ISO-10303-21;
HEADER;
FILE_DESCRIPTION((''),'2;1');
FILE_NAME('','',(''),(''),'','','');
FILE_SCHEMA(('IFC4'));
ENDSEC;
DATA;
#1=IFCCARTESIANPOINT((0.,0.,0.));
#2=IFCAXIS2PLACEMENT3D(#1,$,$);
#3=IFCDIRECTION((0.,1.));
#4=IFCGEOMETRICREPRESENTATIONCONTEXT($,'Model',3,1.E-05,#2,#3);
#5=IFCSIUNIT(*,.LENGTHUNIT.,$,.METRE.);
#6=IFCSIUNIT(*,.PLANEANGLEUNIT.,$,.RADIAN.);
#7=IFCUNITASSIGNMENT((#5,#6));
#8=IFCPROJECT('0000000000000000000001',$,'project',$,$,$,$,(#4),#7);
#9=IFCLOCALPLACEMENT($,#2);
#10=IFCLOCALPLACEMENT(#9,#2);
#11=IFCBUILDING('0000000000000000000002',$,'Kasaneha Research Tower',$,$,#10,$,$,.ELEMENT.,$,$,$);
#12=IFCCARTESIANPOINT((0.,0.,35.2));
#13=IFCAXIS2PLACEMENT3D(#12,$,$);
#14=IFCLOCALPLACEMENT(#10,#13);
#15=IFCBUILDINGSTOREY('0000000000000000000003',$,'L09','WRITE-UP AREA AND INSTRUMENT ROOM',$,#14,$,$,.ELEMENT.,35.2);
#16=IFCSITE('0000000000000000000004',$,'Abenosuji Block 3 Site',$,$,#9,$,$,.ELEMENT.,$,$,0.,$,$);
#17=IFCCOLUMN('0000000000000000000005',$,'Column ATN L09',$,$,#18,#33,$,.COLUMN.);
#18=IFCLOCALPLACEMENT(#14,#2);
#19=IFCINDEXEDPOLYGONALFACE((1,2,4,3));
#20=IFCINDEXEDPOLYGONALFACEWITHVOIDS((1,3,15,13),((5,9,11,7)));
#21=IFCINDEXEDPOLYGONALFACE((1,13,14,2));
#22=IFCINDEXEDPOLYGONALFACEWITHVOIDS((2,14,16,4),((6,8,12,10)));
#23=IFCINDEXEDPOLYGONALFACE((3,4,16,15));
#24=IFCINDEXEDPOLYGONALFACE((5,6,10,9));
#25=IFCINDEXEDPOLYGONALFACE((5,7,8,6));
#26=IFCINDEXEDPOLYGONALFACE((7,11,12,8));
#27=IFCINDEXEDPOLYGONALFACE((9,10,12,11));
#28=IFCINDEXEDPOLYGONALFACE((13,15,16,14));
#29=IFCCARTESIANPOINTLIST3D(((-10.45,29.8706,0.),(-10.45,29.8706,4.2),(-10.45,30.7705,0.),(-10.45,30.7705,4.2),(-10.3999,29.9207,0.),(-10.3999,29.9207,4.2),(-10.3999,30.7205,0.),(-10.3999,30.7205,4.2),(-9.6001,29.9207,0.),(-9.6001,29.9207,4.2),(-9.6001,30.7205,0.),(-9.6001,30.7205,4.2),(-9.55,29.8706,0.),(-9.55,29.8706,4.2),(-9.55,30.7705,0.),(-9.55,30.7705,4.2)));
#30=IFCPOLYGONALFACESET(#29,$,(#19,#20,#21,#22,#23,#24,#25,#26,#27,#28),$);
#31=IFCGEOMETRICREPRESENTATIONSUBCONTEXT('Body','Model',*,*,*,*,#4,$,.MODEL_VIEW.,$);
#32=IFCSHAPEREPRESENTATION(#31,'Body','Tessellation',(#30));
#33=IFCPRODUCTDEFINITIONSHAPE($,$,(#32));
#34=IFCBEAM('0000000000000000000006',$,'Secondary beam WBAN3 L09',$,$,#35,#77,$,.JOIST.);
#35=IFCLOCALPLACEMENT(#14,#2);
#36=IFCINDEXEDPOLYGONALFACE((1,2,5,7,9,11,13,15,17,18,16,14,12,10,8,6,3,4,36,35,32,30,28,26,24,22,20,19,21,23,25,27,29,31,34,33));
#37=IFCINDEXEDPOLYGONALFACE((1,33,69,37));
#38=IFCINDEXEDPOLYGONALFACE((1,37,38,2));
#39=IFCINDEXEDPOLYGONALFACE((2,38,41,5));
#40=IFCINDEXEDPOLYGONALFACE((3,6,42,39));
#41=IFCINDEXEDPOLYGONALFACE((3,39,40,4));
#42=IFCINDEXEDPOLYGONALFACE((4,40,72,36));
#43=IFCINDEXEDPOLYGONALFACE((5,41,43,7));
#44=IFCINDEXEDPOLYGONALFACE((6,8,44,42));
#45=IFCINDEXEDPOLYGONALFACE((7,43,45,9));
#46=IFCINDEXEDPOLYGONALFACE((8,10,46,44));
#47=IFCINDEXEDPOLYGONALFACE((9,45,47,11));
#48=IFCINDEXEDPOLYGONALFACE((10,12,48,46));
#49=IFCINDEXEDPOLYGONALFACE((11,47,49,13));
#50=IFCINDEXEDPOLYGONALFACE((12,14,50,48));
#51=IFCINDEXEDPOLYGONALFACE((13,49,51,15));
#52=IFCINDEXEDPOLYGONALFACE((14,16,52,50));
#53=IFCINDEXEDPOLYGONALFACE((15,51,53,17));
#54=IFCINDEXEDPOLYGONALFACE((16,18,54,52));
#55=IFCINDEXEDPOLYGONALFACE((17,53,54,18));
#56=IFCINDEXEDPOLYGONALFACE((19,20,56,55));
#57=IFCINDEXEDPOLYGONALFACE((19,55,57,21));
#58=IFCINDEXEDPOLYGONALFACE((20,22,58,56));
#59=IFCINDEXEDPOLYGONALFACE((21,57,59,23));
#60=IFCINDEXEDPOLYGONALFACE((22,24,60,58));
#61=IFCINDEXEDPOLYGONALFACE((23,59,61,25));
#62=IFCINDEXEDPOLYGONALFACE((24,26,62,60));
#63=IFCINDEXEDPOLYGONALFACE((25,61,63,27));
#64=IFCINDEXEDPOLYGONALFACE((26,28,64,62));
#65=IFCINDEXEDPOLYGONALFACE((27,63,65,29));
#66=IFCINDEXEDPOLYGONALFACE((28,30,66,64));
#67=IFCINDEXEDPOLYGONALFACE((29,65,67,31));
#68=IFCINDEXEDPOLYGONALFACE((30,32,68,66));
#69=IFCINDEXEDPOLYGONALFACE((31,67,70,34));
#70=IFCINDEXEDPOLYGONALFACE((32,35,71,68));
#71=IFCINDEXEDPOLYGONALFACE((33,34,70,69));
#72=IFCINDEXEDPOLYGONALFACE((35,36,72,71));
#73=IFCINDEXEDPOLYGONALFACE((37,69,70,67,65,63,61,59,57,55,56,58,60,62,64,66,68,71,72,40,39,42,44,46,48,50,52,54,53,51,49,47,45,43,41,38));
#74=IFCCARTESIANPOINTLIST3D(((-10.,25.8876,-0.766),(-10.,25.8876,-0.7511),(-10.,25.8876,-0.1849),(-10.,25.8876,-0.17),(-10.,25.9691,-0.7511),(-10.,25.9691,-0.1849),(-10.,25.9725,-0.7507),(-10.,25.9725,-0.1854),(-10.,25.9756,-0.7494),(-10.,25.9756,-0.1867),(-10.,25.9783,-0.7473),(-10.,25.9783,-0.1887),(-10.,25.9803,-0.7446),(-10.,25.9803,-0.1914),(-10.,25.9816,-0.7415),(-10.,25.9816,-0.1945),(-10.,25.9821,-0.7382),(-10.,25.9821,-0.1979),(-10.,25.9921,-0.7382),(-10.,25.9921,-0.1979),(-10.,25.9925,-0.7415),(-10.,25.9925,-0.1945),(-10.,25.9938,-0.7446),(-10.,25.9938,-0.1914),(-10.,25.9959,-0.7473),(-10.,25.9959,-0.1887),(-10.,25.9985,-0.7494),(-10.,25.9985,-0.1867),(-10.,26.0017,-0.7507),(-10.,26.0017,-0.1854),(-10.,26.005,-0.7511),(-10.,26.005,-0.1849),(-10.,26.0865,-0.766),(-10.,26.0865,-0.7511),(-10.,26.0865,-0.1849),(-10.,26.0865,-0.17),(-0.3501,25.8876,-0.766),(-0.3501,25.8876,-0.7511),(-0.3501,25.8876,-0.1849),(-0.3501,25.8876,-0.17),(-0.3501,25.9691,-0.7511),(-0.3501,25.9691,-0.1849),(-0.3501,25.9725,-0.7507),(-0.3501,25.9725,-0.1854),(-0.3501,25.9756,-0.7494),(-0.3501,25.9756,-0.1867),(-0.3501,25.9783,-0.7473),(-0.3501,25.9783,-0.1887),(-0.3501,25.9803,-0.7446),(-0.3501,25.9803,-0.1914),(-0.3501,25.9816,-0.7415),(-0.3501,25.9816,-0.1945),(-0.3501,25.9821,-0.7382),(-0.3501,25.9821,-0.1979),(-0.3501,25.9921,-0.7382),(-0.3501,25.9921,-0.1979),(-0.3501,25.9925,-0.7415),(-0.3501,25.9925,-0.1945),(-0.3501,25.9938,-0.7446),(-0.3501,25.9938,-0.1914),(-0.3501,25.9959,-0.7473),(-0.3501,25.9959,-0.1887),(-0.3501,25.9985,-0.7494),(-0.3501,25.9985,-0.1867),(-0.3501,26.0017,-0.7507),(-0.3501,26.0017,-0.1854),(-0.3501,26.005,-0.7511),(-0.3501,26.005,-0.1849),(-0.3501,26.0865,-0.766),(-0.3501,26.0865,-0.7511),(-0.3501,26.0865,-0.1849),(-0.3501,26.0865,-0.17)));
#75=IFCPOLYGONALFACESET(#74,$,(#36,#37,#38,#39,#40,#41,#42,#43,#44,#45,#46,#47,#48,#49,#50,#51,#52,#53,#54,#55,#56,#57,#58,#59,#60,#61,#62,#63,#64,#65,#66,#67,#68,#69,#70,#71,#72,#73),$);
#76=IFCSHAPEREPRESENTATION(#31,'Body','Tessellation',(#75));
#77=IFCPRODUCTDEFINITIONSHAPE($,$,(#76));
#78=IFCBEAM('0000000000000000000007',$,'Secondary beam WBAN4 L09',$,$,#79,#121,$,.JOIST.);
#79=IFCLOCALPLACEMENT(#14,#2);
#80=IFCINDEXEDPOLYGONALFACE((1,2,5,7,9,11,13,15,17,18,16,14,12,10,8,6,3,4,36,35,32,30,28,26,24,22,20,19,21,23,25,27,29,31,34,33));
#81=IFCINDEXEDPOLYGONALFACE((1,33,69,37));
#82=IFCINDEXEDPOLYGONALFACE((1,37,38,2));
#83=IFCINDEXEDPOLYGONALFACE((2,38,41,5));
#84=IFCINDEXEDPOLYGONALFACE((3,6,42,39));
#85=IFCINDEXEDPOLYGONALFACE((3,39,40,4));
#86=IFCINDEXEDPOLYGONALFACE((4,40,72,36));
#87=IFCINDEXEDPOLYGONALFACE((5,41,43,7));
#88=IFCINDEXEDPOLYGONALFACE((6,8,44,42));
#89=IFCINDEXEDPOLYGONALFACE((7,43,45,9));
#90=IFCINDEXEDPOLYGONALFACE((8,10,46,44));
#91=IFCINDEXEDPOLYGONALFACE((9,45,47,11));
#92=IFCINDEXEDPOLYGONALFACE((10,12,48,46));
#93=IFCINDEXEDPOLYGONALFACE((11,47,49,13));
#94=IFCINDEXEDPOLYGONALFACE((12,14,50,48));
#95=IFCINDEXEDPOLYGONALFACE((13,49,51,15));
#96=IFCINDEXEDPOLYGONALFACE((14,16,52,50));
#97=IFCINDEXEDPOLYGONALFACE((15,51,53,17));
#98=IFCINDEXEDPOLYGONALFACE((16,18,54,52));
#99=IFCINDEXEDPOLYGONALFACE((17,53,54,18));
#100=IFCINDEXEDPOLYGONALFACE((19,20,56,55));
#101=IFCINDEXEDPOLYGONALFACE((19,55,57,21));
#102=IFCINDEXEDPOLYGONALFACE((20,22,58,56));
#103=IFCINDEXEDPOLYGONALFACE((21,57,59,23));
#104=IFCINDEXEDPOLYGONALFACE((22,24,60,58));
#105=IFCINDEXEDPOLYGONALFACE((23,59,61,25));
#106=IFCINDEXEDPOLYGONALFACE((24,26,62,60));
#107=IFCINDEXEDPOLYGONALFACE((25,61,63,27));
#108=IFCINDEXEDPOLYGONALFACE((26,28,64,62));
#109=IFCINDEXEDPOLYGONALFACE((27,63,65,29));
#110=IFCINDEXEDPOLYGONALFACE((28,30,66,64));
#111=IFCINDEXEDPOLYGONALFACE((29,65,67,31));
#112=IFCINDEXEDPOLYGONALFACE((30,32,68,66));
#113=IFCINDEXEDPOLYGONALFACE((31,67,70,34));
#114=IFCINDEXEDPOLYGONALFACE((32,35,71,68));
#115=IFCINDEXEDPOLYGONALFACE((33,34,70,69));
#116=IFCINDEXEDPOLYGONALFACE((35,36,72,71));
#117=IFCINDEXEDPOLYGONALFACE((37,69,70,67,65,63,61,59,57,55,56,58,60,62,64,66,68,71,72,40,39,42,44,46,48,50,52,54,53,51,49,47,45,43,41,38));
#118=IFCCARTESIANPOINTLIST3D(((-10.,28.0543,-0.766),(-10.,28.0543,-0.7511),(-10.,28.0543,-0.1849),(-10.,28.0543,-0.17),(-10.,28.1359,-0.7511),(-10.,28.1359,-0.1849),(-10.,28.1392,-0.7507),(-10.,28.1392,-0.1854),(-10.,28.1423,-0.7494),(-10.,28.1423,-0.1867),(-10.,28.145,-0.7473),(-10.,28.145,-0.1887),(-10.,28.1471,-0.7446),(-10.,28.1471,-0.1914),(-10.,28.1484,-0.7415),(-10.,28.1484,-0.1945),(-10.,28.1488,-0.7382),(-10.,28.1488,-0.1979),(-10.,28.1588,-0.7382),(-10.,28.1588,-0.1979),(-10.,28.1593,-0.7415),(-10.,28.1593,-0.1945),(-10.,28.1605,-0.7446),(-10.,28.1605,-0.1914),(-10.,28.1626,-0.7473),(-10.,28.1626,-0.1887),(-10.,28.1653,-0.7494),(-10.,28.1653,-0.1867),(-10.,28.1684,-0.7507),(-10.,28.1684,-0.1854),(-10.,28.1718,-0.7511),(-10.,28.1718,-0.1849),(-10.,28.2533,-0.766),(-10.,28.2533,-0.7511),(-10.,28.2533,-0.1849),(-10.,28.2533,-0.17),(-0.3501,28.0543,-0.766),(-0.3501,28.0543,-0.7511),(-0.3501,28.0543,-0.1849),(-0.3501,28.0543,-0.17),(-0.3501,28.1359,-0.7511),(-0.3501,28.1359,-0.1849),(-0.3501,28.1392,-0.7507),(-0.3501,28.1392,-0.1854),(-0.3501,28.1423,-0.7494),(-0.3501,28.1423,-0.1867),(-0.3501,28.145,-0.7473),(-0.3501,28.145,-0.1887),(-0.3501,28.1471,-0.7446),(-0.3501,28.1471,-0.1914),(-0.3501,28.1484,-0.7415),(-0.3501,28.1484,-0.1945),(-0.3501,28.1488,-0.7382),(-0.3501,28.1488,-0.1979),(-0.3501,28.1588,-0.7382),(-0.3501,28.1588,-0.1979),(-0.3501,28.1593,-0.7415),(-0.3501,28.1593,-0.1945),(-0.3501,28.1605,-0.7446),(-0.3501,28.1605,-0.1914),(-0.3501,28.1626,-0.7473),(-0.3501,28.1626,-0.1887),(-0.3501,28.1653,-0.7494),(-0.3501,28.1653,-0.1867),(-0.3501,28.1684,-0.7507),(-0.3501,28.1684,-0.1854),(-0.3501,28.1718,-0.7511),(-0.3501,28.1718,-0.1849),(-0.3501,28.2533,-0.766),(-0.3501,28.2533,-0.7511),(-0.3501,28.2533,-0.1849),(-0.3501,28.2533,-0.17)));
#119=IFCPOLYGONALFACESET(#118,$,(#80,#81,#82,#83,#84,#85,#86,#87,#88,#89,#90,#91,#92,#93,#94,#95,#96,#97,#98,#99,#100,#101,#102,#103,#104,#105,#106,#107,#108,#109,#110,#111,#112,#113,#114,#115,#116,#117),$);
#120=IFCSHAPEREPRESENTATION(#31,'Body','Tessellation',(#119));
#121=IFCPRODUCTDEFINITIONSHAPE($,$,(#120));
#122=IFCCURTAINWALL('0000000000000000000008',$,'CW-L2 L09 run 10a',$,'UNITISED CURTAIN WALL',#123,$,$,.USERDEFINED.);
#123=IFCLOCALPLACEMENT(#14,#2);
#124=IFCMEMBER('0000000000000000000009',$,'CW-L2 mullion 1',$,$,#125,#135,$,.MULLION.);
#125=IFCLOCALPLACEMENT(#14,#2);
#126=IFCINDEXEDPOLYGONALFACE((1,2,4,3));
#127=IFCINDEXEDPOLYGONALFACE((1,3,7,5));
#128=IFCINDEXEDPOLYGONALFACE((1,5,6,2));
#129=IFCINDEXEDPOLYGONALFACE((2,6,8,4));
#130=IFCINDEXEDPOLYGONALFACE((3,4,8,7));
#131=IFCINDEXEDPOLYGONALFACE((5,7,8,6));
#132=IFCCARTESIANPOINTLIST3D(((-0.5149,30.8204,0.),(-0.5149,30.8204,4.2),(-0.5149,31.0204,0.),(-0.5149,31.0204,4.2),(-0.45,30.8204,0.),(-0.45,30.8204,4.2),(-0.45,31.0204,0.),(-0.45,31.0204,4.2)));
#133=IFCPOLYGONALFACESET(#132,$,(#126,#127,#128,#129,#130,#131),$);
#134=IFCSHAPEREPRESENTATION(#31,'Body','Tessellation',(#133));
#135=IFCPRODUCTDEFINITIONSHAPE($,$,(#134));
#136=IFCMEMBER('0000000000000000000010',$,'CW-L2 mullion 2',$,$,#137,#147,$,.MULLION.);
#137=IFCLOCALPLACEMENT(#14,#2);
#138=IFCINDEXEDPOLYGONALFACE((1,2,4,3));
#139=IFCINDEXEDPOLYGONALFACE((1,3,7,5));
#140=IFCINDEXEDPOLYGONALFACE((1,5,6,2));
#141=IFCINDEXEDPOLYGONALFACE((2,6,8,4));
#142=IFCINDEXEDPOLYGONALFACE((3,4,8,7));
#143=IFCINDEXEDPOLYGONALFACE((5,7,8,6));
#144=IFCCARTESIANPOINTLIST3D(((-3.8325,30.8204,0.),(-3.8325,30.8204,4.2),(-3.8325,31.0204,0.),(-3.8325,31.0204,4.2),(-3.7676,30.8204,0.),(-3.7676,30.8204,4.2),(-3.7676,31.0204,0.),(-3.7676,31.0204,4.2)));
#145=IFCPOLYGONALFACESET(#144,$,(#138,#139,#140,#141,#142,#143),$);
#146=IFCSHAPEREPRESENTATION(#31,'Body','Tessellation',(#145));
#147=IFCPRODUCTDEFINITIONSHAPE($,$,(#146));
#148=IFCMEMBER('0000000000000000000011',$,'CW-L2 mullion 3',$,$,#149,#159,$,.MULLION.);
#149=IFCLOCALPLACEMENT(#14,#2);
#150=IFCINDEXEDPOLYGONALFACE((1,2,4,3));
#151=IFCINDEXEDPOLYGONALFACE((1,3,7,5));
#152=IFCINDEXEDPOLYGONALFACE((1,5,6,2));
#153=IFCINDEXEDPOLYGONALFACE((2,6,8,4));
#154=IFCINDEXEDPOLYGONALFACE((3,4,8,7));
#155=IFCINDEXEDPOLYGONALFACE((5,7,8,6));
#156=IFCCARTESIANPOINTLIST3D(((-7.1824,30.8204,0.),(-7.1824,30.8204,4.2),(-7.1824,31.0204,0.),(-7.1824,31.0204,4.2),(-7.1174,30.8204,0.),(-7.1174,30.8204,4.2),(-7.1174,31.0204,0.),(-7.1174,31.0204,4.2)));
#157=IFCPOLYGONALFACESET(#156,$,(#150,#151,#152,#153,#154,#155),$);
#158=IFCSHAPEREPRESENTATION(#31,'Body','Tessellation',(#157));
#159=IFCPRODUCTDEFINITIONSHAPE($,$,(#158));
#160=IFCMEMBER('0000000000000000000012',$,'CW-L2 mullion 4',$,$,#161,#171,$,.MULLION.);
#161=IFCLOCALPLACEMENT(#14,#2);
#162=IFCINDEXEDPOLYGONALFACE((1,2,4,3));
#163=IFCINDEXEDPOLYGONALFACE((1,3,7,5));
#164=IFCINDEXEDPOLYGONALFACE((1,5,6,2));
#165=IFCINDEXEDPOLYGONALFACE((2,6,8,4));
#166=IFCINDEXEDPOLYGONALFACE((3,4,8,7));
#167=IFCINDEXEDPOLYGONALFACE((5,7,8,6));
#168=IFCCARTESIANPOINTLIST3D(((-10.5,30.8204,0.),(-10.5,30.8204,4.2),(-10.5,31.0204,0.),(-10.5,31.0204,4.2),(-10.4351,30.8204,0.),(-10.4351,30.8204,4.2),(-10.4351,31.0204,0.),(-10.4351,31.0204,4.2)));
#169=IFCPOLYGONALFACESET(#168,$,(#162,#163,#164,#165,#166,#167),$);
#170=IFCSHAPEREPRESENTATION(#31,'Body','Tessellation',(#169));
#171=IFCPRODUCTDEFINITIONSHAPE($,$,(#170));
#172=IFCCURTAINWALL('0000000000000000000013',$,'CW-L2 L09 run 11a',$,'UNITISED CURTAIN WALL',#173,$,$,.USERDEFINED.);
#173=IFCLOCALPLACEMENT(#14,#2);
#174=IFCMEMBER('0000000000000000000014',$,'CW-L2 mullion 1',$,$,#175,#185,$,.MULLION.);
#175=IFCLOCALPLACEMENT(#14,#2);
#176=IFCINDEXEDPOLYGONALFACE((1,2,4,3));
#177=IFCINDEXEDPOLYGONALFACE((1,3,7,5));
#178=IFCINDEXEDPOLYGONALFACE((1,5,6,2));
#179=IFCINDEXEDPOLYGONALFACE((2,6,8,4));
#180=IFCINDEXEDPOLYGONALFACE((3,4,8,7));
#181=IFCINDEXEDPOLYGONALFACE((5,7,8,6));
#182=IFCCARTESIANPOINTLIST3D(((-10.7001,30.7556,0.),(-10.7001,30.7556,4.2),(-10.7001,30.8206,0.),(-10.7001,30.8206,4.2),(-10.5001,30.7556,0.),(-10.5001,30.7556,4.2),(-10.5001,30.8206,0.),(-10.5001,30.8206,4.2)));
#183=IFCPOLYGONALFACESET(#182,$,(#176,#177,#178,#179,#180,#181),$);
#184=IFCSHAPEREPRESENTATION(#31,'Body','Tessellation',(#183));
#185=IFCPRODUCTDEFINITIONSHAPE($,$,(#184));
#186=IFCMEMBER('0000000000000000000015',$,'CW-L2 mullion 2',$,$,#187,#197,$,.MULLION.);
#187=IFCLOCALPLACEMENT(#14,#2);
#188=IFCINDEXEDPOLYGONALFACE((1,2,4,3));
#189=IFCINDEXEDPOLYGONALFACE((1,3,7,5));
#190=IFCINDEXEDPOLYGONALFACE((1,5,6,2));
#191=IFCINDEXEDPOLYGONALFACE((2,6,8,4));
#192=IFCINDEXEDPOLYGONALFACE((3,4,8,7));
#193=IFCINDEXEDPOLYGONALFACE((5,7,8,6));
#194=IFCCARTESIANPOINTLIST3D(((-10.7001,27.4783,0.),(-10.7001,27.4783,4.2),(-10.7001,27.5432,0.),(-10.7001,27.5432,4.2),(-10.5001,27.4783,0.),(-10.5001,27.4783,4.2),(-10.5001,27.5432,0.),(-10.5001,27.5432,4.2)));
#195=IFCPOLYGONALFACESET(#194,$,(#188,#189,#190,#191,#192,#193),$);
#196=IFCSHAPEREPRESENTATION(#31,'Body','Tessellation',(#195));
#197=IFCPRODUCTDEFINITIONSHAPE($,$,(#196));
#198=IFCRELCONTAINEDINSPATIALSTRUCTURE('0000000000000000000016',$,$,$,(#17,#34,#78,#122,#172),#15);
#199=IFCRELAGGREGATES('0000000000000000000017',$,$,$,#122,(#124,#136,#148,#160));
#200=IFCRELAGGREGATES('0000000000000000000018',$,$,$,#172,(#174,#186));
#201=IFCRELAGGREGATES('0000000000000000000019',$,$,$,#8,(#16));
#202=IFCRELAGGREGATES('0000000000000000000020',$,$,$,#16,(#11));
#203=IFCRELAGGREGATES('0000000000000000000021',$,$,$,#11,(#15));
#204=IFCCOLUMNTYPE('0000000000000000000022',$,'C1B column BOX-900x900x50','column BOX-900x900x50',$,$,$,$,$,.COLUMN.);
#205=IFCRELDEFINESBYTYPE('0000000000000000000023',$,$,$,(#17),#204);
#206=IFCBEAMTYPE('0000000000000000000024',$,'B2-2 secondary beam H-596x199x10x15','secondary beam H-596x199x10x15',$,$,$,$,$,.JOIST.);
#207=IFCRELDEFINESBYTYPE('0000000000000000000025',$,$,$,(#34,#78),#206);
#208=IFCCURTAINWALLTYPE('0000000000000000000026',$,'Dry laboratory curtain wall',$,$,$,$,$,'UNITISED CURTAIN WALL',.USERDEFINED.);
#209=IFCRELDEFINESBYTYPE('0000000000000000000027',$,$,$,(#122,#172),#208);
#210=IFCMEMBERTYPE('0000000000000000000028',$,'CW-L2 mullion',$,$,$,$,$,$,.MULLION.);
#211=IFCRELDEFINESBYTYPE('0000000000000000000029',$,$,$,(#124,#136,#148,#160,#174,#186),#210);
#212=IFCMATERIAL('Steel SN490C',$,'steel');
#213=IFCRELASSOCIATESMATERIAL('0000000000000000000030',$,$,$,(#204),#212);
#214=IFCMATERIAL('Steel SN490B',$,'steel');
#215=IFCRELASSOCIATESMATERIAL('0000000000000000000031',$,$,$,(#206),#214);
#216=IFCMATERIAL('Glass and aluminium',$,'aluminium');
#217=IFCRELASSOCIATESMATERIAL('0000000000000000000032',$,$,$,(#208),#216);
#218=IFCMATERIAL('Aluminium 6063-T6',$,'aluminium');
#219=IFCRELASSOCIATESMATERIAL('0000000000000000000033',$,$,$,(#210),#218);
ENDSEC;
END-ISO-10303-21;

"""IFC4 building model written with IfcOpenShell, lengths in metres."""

from ifc_helpers import new_model, si_unit, direction, frame, origin, origin_2d, place, context, subcontext, project, spatial, rectangle, hollow_rectangle, i_section, extrude, material, material_profile, profile_set, type_object, element, aggregate, save


model = new_model("IFC4")

# Units and contexts
model_context = context("Model", 3, precision=1e-05, world=origin(), true_north=direction((0.0, 1.0)))
body_context = subcontext(model_context, "Body", "Model", "MODEL_VIEW")
ifc_project = project(units=[si_unit("LENGTHUNIT", "METRE"), si_unit("PLANEANGLEUNIT", "RADIAN")], contexts=[model_context])

# Site, building, storey
site_placement = place(None, origin())
site = spatial("IfcSite", under=ifc_project, at=site_placement, Name="Abenosuji Block 3 Site", CompositionType="ELEMENT", RefElevation=0.0)
building_placement = place(site_placement, origin())
building = spatial("IfcBuilding", under=site, at=building_placement, Name="Kasaneha Research Tower", CompositionType="ELEMENT")
storey_placement = place(building_placement, frame((0.0, 0.0, 35.2)))
storey = spatial("IfcBuildingStorey", under=building, at=storey_placement, Name="L09", Description="WRITE-UP AREA AND INSTRUMENT ROOM", CompositionType="ELEMENT", Elevation=35.2)

# Column
ifc_material_1 = material(Name="Steel SN490C", Category="steel")
ifc_material_profile_1 = material_profile(ifc_material_1, hollow_rectangle(XDim=0.8999, YDim=0.8999, WallThickness=0.05, at=origin_2d()), Name="BOX-900x900x50")
ifc_profile_set_1 = profile_set([ifc_material_profile_1], Name="Steel SN490C")
column_type = type_object("IfcColumnType", Name="C1B column BOX-900x900x50", Description="column BOX-900x900x50", PredefinedType="COLUMN", material=ifc_profile_set_1)
column_placement = place(storey_placement, frame((-10.0, 30.3206, 0.0), z_axis=(0.0, 0.0, 1.0), x_axis=(1.0, 0.0, 0.0)))
element("IfcColumn", 1, at=column_placement, inside=storey, type_object=column_type, Name="Column ATN L09", PredefinedType="COLUMN", context=body_context, shape_type="SweptSolid", body=[
    extrude(hollow_rectangle(XDim=0.8999, YDim=0.8999, WallThickness=0.05, at=origin_2d()), origin(), (0.0, 0.0, 1.0), 4.2),
])

# Beams
ifc_material_2 = material(Name="Steel SN490B", Category="steel")
ifc_material_profile_2 = material_profile(ifc_material_2, i_section(OverallWidth=0.199, OverallDepth=0.5959, WebThickness=0.01, FlangeThickness=0.0149, FilletRadius=0.0129, at=origin_2d()), Name="H-596x199x10x15")
ifc_profile_set_2 = profile_set([ifc_material_profile_2], Name="Steel SN490B")
beam_type_1 = type_object("IfcBeamType", Name="B2-2 secondary beam H-596x199x10x15", Description="secondary beam H-596x199x10x15", PredefinedType="JOIST", material=ifc_profile_set_2)
for number, where, z_axis, x_axis, name in (
    (2, (-10.0, 25.9871, -0.468), (1.0, 0.0, 0.0), (0.0, 1.0, 0.0), "Secondary beam WBAN3 L09"),
    (3, (-10.0, 28.1538, -0.468), (1.0, 0.0, 0.0), (0.0, 1.0, 0.0), "Secondary beam WBAN4 L09"),
):
    element("IfcBeam", number, at=place(storey_placement, frame(where, z_axis=z_axis, x_axis=x_axis)), inside=storey, type_object=beam_type_1, Name=name, PredefinedType="JOIST", context=body_context, shape_type="SweptSolid", body=[
        extrude(i_section(OverallWidth=0.199, OverallDepth=0.5959, WebThickness=0.01, FlangeThickness=0.0149, FilletRadius=0.0129, at=origin_2d()), origin(), (0.0, 0.0, 1.0), 9.6499),
    ])

# Curtain walls, members
ifc_material_3 = material(Name="Glass and aluminium", Category="aluminium")
curtain_wall_type = type_object("IfcCurtainWallType", Name="Dry laboratory curtain wall", ElementType="UNITISED CURTAIN WALL", PredefinedType="USERDEFINED", material=ifc_material_3)
curtain_wall_1_placement = place(storey_placement, origin())
curtain_wall_1 = element("IfcCurtainWall", 4, at=curtain_wall_1_placement, inside=storey, type_object=curtain_wall_type, Name="CW-L2 L09 run 10a", ObjectType="UNITISED CURTAIN WALL", PredefinedType="USERDEFINED")
ifc_material_4 = material(Name="Aluminium 6063-T6", Category="aluminium")
ifc_material_profile_3 = material_profile(ifc_material_4, rectangle(XDim=0.0649, YDim=0.2, at=origin_2d()), Name="CW-L2 mullion 65x200")
ifc_profile_set_3 = profile_set([ifc_material_profile_3], Name="Aluminium 6063-T6")
member_type_1 = type_object("IfcMemberType", Name="CW-L2 mullion", PredefinedType="MULLION", material=ifc_profile_set_3)
member_1_placement = place(storey_placement, frame((-0.4824, 30.9204, 0.0), z_axis=(0.0, 0.0, 1.0), x_axis=(-1.0, 0.0, 0.0)))
member_1 = element("IfcMember", 5, at=member_1_placement, type_object=member_type_1, Name="CW-L2 mullion 1", PredefinedType="MULLION", context=body_context, shape_type="SweptSolid", body=[
    extrude(rectangle(XDim=0.0649, YDim=0.2, at=origin_2d()), origin(), (0.0, 0.0, 1.0), 4.2),
])
member_2_placement = place(storey_placement, frame((-3.8, 30.9204, 0.0), z_axis=(0.0, 0.0, 1.0), x_axis=(-1.0, 0.0, 0.0)))
member_2 = element("IfcMember", 6, at=member_2_placement, type_object=member_type_1, Name="CW-L2 mullion 2", PredefinedType="MULLION", context=body_context, shape_type="SweptSolid", body=[
    extrude(rectangle(XDim=0.0649, YDim=0.2, at=origin_2d()), origin(), (0.0, 0.0, 1.0), 4.2),
])
member_3_placement = place(storey_placement, frame((-7.1499, 30.9204, 0.0), z_axis=(0.0, 0.0, 1.0), x_axis=(-1.0, 0.0, 0.0)))
member_3 = element("IfcMember", 7, at=member_3_placement, type_object=member_type_1, Name="CW-L2 mullion 3", PredefinedType="MULLION", context=body_context, shape_type="SweptSolid", body=[
    extrude(rectangle(XDim=0.0649, YDim=0.2, at=origin_2d()), origin(), (0.0, 0.0, 1.0), 4.2),
])
member_4_placement = place(storey_placement, frame((-10.4675, 30.9204, 0.0), z_axis=(0.0, 0.0, 1.0), x_axis=(-1.0, 0.0, 0.0)))
member_4 = element("IfcMember", 8, at=member_4_placement, type_object=member_type_1, Name="CW-L2 mullion 4", PredefinedType="MULLION", context=body_context, shape_type="SweptSolid", body=[
    extrude(rectangle(XDim=0.0649, YDim=0.2, at=origin_2d()), origin(), (0.0, 0.0, 1.0), 4.2),
])
curtain_wall_2_placement = place(storey_placement, origin())
curtain_wall_2 = element("IfcCurtainWall", 9, at=curtain_wall_2_placement, inside=storey, type_object=curtain_wall_type, Name="CW-L2 L09 run 11a", ObjectType="UNITISED CURTAIN WALL", PredefinedType="USERDEFINED")
member_5_placement = place(storey_placement, frame((-10.6001, 30.7881, 0.0), z_axis=(0.0, 0.0, 1.0), x_axis=(0.0, -1.0, 0.0)))
member_5 = element("IfcMember", 10, at=member_5_placement, type_object=member_type_1, Name="CW-L2 mullion 1", PredefinedType="MULLION", context=body_context, shape_type="SweptSolid", body=[
    extrude(rectangle(XDim=0.0649, YDim=0.2, at=origin_2d()), origin(), (0.0, 0.0, 1.0), 4.2),
])
member_6_placement = place(storey_placement, frame((-10.6001, 27.5107, 0.0), z_axis=(0.0, 0.0, 1.0), x_axis=(0.0, -1.0, 0.0)))
member_6 = element("IfcMember", 11, at=member_6_placement, type_object=member_type_1, Name="CW-L2 mullion 2", PredefinedType="MULLION", context=body_context, shape_type="SweptSolid", body=[
    extrude(rectangle(XDim=0.0649, YDim=0.2, at=origin_2d()), origin(), (0.0, 0.0, 1.0), 4.2),
])

aggregate(curtain_wall_1, [member_1, member_2, member_3, member_4])
aggregate(curtain_wall_2, [member_5, member_6])

save(model, "model.ifc")
